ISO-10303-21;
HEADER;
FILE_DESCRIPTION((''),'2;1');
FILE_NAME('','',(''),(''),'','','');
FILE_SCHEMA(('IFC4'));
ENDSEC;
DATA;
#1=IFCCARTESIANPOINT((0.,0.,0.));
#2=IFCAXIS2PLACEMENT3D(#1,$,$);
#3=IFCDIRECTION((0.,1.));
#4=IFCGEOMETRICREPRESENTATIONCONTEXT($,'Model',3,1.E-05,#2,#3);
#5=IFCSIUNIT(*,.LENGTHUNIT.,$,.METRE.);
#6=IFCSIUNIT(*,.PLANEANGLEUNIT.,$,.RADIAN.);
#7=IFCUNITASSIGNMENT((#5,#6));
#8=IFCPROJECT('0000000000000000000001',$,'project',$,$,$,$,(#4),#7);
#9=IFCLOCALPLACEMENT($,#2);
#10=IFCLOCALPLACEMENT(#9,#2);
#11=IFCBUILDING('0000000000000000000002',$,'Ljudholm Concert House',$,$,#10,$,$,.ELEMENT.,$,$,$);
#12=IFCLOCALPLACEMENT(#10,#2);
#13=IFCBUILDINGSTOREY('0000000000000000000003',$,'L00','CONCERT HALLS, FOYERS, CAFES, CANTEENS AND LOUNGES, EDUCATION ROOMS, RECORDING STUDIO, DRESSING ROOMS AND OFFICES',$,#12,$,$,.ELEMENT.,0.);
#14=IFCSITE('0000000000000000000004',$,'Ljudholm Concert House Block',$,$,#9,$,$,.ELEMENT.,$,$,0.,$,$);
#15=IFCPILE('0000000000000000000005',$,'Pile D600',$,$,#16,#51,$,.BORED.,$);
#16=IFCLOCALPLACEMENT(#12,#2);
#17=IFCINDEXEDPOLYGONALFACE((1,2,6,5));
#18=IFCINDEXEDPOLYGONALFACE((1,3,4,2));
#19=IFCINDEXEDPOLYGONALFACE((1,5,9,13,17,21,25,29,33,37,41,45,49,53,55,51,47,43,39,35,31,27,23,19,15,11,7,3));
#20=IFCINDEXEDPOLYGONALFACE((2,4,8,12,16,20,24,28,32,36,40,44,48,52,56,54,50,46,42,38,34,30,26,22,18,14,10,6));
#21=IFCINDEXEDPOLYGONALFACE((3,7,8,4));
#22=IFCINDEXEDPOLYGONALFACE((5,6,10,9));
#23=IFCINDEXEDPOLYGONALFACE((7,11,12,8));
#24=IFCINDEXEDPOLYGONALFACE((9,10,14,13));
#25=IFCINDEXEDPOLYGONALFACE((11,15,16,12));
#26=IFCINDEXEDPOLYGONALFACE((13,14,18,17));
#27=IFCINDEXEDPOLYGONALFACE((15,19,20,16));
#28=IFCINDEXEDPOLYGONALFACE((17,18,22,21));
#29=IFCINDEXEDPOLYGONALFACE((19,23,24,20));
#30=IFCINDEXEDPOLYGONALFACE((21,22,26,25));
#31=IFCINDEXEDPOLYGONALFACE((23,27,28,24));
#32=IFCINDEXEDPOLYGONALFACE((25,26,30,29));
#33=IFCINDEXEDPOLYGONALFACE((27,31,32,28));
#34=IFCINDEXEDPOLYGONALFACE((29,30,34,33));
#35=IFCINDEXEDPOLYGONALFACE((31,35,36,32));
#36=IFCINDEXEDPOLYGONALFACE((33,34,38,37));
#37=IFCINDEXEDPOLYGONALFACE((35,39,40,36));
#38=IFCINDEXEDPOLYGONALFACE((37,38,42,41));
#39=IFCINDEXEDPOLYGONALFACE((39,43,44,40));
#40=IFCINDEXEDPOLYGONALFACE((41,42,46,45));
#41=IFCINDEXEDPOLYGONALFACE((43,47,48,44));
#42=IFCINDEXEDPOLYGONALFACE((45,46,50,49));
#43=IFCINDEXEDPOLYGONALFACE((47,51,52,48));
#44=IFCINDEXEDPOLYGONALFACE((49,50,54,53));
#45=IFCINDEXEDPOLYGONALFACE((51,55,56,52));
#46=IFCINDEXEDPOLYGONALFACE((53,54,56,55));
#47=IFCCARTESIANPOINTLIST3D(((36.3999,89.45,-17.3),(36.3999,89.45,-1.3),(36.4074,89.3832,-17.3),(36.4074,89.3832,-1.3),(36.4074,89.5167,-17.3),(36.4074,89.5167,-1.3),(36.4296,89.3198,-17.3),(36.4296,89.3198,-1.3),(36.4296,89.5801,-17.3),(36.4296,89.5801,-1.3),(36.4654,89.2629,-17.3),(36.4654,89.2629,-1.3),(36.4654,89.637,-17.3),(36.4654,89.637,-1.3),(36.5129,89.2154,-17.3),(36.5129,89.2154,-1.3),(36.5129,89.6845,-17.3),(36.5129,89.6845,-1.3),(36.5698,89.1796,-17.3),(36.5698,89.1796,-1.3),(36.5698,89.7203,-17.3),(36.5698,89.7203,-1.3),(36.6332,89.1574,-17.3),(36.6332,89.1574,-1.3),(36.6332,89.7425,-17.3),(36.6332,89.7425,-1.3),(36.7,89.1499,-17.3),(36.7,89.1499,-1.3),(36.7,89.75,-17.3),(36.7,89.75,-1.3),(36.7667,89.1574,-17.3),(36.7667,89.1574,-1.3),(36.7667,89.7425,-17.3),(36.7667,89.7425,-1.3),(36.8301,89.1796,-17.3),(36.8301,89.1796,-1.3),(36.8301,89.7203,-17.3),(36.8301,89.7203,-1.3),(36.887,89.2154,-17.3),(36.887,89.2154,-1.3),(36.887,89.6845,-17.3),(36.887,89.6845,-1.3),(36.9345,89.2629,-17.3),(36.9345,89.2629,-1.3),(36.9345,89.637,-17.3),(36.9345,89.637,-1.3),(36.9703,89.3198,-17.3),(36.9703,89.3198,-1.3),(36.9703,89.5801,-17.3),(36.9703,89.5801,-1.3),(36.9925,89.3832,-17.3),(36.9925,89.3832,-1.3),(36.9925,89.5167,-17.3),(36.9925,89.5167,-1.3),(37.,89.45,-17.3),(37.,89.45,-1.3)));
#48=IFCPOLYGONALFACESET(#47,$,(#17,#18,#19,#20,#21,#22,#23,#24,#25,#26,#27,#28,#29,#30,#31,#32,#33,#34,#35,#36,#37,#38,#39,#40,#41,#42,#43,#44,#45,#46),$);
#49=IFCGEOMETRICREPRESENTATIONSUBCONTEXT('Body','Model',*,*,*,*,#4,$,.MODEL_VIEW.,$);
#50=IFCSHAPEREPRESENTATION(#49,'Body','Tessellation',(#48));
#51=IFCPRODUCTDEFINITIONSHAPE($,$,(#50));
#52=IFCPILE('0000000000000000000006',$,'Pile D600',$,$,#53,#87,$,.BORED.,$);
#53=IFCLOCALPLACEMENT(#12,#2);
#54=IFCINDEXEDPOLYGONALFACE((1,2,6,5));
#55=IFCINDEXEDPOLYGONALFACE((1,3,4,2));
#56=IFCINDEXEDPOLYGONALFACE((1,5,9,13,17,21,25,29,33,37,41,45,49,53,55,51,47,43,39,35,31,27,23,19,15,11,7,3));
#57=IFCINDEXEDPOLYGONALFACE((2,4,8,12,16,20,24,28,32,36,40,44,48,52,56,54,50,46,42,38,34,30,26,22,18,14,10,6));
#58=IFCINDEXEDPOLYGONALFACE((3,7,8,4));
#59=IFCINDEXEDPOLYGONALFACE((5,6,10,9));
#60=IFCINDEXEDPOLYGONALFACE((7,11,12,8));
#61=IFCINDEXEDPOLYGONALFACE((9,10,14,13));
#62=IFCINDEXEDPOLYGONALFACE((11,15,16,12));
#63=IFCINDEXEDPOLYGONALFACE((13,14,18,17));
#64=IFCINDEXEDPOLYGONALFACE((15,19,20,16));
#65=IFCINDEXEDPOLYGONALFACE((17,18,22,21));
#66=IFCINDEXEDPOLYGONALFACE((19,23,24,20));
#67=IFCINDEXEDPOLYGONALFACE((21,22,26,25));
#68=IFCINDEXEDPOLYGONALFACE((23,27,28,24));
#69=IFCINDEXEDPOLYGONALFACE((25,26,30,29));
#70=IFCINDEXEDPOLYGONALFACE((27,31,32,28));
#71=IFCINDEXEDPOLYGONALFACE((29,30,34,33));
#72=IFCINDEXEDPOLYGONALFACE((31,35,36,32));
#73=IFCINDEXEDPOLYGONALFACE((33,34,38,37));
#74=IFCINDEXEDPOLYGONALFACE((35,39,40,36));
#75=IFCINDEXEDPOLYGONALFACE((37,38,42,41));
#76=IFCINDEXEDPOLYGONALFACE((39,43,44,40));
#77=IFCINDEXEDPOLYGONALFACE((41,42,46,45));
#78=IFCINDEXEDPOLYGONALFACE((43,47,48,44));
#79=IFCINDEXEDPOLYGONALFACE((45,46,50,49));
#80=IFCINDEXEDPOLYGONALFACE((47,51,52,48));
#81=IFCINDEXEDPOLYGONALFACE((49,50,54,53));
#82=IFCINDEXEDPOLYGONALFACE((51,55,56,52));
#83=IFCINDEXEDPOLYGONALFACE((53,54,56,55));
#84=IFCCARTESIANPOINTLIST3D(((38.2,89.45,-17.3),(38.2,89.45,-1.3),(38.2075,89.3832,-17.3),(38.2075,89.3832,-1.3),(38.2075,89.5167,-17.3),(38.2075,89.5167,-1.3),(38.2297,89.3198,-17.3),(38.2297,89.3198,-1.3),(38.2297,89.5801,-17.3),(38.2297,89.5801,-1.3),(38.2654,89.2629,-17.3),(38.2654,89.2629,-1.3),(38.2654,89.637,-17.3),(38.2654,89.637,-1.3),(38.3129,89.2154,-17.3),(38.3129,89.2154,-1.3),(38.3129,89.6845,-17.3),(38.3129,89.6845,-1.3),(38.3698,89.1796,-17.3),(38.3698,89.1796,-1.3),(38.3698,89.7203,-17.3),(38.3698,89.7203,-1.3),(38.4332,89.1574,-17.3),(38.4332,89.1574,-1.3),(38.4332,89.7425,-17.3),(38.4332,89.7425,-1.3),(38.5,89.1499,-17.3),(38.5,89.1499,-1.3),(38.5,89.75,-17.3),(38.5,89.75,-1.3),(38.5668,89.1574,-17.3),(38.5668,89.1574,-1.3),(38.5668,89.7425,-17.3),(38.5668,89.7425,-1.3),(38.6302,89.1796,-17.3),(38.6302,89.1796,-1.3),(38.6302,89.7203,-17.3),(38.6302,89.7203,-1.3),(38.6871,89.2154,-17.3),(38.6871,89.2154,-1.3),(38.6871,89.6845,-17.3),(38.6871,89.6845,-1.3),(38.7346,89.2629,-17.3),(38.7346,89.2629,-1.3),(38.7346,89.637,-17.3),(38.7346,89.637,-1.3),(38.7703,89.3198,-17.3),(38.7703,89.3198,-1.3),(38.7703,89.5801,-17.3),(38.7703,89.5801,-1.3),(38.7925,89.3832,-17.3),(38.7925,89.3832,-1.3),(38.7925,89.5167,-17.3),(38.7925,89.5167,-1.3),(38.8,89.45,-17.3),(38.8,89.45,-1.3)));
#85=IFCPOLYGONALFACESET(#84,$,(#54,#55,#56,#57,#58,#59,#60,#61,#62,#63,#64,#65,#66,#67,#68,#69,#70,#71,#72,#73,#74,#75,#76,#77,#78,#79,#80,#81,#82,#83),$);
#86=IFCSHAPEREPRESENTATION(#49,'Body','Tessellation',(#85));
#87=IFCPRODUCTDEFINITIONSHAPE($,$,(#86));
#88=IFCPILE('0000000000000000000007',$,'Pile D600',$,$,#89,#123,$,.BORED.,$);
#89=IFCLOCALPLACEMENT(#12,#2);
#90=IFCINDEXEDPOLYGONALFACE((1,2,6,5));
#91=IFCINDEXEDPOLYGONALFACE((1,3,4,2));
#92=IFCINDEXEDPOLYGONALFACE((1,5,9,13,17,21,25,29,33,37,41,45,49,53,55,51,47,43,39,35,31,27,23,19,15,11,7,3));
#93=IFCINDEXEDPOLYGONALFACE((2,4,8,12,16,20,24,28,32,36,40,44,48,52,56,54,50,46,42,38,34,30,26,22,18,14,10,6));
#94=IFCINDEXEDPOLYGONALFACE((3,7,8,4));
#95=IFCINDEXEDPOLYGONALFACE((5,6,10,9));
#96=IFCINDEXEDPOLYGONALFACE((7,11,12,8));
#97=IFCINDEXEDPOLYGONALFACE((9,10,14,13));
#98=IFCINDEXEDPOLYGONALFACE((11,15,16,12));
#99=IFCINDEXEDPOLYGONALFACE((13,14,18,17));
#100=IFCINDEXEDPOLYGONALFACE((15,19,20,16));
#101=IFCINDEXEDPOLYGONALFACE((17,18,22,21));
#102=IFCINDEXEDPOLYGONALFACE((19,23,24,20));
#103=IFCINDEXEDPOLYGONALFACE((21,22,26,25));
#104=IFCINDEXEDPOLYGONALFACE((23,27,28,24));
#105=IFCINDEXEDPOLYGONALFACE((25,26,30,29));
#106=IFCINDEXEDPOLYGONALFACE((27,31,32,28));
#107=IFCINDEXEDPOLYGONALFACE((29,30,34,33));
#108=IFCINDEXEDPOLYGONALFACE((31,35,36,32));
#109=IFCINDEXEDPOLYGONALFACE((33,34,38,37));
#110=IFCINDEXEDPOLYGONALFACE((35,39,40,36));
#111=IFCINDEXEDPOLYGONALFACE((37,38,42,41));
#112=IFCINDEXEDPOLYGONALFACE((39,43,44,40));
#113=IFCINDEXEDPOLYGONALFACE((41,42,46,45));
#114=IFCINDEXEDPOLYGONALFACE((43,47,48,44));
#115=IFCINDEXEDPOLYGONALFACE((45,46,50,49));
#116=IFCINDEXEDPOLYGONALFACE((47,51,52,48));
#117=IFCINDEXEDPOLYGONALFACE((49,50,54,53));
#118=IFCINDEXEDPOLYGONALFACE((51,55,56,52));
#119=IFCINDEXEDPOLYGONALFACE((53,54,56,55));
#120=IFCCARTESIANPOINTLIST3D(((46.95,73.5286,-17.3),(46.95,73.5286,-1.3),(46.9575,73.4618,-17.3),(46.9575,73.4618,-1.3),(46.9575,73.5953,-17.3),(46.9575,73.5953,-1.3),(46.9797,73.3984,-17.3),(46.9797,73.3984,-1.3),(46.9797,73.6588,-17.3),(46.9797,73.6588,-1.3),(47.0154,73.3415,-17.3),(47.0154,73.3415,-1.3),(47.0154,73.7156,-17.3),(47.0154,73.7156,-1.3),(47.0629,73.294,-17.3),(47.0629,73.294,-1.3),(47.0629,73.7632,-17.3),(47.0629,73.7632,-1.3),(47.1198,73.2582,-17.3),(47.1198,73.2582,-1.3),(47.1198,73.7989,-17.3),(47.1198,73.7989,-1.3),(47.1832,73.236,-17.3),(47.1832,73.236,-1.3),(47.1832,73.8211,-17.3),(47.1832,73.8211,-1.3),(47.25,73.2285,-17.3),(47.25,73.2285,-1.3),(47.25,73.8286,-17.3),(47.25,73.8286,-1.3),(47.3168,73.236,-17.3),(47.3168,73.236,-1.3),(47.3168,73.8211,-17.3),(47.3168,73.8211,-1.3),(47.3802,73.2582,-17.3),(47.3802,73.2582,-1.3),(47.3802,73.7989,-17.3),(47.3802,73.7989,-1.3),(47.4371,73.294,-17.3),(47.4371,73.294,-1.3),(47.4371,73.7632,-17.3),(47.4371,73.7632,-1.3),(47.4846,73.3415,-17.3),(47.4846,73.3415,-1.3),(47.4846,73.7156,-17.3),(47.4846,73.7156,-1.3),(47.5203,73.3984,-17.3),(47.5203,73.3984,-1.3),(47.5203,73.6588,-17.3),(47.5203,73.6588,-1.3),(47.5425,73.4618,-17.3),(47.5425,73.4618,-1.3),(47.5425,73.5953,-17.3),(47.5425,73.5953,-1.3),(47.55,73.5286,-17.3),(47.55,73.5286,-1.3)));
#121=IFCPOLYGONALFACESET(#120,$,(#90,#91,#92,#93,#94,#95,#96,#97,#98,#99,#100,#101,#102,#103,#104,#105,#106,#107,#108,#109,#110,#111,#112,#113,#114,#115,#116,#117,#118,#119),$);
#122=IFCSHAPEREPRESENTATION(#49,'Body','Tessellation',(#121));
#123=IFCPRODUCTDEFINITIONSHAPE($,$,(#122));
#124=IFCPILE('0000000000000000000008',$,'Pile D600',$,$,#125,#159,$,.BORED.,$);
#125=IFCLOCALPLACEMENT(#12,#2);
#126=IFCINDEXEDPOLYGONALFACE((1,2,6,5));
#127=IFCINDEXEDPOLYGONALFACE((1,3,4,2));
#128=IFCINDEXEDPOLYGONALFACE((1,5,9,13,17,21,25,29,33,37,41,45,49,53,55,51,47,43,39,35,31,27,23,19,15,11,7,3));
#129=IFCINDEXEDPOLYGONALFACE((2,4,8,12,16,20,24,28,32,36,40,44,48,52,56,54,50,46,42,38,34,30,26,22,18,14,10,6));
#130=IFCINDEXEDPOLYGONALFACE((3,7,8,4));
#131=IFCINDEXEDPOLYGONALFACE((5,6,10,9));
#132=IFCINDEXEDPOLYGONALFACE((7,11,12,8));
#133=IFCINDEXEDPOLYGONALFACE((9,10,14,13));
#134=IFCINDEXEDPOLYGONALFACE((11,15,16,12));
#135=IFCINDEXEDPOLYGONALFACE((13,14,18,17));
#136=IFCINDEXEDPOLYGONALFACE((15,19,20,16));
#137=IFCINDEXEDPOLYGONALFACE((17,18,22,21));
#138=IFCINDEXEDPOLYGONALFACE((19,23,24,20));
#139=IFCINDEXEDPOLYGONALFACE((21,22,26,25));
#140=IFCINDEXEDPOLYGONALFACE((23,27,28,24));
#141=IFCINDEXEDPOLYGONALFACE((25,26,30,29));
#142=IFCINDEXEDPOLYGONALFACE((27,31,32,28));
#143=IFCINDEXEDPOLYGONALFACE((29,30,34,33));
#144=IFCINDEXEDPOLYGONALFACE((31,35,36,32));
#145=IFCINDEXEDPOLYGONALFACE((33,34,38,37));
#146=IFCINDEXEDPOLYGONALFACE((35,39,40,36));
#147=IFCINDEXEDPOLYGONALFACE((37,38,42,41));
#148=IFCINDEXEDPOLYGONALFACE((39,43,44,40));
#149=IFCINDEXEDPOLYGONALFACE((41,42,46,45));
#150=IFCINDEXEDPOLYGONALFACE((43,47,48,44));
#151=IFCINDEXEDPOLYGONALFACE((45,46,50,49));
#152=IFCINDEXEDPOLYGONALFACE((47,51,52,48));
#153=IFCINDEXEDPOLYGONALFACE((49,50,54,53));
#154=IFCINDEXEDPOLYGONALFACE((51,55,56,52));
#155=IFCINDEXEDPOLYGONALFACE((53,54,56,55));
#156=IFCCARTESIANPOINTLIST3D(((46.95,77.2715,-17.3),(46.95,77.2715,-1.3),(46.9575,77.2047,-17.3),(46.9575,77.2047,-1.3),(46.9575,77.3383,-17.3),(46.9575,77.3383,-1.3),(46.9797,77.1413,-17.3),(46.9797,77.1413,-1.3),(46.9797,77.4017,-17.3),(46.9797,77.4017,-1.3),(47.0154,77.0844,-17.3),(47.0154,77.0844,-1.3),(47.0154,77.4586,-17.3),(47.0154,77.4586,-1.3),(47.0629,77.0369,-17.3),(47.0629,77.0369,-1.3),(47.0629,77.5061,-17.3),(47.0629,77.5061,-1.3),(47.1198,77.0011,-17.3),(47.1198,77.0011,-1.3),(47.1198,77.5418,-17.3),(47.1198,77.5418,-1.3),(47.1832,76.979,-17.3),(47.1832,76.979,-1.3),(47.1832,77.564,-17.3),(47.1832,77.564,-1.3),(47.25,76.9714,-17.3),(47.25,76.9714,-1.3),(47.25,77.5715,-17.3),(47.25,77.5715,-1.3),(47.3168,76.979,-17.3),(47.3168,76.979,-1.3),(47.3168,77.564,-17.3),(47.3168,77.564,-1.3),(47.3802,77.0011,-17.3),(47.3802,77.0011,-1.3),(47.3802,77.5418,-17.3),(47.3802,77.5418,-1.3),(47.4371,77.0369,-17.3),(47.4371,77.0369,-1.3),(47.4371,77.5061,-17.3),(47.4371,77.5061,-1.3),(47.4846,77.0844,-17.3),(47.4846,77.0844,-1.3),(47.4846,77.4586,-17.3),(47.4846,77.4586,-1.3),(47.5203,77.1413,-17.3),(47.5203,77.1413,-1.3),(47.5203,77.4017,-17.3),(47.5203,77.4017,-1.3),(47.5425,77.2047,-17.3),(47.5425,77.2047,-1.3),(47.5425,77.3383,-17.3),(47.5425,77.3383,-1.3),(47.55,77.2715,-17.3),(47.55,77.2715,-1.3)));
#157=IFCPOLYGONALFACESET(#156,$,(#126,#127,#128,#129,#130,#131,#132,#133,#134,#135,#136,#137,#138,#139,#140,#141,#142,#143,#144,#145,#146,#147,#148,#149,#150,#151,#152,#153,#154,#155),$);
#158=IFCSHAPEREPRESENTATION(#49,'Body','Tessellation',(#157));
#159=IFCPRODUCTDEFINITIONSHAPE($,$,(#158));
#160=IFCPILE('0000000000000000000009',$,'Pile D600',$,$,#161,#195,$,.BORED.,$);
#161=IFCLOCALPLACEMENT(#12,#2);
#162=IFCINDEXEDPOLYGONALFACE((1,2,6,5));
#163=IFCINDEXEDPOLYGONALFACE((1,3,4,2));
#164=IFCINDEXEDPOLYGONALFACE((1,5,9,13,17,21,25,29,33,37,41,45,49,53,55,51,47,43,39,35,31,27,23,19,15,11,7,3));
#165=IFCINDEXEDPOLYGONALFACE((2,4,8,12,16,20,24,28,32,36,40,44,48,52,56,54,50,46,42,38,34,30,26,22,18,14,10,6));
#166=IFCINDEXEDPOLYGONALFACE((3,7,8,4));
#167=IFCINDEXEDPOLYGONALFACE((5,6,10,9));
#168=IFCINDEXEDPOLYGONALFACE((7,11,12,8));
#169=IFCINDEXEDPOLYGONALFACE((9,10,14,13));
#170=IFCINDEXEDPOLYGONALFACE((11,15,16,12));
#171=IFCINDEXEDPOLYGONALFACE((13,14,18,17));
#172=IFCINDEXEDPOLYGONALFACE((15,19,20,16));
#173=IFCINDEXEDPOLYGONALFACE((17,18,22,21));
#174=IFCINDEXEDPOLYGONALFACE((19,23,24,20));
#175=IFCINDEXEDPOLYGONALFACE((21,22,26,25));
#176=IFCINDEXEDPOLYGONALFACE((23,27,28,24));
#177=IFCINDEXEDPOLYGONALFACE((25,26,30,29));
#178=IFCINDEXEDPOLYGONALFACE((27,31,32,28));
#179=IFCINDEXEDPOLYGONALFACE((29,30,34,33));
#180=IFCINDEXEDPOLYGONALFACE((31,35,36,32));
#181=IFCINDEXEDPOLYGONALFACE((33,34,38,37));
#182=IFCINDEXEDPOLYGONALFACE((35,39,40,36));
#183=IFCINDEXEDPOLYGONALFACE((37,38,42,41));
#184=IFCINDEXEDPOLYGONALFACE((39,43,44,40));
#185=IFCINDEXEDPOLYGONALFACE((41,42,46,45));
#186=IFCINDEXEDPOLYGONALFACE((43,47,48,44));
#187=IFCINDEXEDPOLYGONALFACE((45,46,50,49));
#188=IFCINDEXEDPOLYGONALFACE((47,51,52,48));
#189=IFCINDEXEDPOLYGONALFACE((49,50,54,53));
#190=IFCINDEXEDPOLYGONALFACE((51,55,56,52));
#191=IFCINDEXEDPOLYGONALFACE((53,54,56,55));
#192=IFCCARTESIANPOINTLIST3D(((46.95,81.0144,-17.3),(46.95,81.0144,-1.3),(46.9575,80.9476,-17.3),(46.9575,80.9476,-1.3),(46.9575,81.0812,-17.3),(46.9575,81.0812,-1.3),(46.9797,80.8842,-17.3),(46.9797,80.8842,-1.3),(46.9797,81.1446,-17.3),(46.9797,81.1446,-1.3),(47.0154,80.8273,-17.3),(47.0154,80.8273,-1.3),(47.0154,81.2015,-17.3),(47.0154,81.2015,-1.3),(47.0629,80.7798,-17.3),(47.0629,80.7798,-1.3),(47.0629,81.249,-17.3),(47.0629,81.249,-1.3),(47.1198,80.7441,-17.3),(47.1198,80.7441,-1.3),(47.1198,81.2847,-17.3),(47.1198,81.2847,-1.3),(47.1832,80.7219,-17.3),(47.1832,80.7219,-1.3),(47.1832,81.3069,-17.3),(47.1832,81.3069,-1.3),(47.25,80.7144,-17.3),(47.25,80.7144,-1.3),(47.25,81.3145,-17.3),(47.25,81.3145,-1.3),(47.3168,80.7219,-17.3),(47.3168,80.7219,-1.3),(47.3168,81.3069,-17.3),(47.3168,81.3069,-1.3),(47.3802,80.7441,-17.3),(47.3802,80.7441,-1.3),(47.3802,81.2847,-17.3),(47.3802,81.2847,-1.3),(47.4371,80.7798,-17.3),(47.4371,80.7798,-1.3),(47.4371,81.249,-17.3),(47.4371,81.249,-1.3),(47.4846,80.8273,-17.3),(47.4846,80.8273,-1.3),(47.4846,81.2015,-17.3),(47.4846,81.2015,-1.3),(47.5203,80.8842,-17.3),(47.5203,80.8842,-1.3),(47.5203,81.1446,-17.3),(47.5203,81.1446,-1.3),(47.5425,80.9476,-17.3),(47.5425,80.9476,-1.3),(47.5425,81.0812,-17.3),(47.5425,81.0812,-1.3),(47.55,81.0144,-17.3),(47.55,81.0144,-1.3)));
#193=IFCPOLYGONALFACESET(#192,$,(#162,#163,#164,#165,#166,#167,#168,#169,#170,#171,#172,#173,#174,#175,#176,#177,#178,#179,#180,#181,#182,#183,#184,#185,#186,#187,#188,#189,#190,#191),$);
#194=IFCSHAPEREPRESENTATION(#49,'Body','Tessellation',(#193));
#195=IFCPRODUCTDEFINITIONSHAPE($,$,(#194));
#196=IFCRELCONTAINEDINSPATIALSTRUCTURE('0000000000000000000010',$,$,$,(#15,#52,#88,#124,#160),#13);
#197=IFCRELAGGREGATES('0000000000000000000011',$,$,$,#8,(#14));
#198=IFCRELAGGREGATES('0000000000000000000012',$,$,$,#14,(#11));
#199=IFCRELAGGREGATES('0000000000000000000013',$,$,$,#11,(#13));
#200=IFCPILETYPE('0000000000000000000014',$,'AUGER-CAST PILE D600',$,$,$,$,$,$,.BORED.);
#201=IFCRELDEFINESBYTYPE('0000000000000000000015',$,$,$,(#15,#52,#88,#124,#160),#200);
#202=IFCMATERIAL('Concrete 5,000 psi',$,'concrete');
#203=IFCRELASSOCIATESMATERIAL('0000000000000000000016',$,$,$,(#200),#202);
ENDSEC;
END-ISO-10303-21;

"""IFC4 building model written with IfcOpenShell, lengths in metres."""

from ifc_helpers import new_model, si_unit, direction, frame, origin, origin_2d, place, context, subcontext, project, spatial, circle, extrude, material, material_profile, profile_set, type_object, element, save


model = new_model("IFC4")

# Units and contexts
model_context = context("Model", 3, precision=1e-05, world=origin(), true_north=direction((0.0, 1.0)))
body_context = subcontext(model_context, "Body", "Model", "MODEL_VIEW")
ifc_project = project(units=[si_unit("LENGTHUNIT", "METRE"), si_unit("PLANEANGLEUNIT", "RADIAN")], contexts=[model_context])

# Site, building, storey
site_placement = place(None, origin())
site = spatial("IfcSite", under=ifc_project, at=site_placement, Name="Ljudholm Concert House Block", CompositionType="ELEMENT", RefElevation=0.0)
building_placement = place(site_placement, origin())
building = spatial("IfcBuilding", under=site, at=building_placement, Name="Ljudholm Concert House", CompositionType="ELEMENT")
storey_placement = place(building_placement, origin())
storey = spatial("IfcBuildingStorey", under=building, at=storey_placement, Name="L00", Description="CONCERT HALLS, FOYERS, CAFES, CANTEENS AND LOUNGES, EDUCATION ROOMS, RECORDING STUDIO, DRESSING ROOMS AND OFFICES", CompositionType="ELEMENT", Elevation=0.0)

# Piles
ifc_material_1 = material(Name="Concrete 5,000 psi", Category="concrete")
ifc_material_profile_1 = material_profile(ifc_material_1, circle(Radius=0.3, at=origin_2d()), Name="AUGER-CAST PILE D600")
ifc_profile_set_1 = profile_set([ifc_material_profile_1], Name="Concrete 5,000 psi")
pile_type = type_object("IfcPileType", Name="AUGER-CAST PILE D600", PredefinedType="BORED", material=ifc_profile_set_1)
for number, where, z_axis, x_axis, name in (
    (1, (36.7, 89.45, -1.3), (0.0, 0.0, -1.0), (1.0, 0.0, 0.0), "Pile D600"),
    (2, (38.5, 89.45, -1.3), (0.0, 0.0, -1.0), (1.0, 0.0, 0.0), "Pile D600"),
    (3, (47.25, 73.5286, -1.3), (0.0, 0.0, -1.0), (1.0, 0.0, 0.0), "Pile D600"),
    (4, (47.25, 77.2715, -1.3), (0.0, 0.0, -1.0), (1.0, 0.0, 0.0), "Pile D600"),
    (5, (47.25, 81.0144, -1.3), (0.0, 0.0, -1.0), (1.0, 0.0, 0.0), "Pile D600"),
):
    element("IfcPile", number, at=place(storey_placement, frame(where, z_axis=z_axis, x_axis=x_axis)), inside=storey, type_object=pile_type, Name=name, PredefinedType="BORED", context=body_context, shape_type="SweptSolid", body=[
        extrude(circle(Radius=0.3, at=origin_2d()), origin(), (0.0, 0.0, 1.0), 16.0),
    ])

save(model, "model.ifc")
